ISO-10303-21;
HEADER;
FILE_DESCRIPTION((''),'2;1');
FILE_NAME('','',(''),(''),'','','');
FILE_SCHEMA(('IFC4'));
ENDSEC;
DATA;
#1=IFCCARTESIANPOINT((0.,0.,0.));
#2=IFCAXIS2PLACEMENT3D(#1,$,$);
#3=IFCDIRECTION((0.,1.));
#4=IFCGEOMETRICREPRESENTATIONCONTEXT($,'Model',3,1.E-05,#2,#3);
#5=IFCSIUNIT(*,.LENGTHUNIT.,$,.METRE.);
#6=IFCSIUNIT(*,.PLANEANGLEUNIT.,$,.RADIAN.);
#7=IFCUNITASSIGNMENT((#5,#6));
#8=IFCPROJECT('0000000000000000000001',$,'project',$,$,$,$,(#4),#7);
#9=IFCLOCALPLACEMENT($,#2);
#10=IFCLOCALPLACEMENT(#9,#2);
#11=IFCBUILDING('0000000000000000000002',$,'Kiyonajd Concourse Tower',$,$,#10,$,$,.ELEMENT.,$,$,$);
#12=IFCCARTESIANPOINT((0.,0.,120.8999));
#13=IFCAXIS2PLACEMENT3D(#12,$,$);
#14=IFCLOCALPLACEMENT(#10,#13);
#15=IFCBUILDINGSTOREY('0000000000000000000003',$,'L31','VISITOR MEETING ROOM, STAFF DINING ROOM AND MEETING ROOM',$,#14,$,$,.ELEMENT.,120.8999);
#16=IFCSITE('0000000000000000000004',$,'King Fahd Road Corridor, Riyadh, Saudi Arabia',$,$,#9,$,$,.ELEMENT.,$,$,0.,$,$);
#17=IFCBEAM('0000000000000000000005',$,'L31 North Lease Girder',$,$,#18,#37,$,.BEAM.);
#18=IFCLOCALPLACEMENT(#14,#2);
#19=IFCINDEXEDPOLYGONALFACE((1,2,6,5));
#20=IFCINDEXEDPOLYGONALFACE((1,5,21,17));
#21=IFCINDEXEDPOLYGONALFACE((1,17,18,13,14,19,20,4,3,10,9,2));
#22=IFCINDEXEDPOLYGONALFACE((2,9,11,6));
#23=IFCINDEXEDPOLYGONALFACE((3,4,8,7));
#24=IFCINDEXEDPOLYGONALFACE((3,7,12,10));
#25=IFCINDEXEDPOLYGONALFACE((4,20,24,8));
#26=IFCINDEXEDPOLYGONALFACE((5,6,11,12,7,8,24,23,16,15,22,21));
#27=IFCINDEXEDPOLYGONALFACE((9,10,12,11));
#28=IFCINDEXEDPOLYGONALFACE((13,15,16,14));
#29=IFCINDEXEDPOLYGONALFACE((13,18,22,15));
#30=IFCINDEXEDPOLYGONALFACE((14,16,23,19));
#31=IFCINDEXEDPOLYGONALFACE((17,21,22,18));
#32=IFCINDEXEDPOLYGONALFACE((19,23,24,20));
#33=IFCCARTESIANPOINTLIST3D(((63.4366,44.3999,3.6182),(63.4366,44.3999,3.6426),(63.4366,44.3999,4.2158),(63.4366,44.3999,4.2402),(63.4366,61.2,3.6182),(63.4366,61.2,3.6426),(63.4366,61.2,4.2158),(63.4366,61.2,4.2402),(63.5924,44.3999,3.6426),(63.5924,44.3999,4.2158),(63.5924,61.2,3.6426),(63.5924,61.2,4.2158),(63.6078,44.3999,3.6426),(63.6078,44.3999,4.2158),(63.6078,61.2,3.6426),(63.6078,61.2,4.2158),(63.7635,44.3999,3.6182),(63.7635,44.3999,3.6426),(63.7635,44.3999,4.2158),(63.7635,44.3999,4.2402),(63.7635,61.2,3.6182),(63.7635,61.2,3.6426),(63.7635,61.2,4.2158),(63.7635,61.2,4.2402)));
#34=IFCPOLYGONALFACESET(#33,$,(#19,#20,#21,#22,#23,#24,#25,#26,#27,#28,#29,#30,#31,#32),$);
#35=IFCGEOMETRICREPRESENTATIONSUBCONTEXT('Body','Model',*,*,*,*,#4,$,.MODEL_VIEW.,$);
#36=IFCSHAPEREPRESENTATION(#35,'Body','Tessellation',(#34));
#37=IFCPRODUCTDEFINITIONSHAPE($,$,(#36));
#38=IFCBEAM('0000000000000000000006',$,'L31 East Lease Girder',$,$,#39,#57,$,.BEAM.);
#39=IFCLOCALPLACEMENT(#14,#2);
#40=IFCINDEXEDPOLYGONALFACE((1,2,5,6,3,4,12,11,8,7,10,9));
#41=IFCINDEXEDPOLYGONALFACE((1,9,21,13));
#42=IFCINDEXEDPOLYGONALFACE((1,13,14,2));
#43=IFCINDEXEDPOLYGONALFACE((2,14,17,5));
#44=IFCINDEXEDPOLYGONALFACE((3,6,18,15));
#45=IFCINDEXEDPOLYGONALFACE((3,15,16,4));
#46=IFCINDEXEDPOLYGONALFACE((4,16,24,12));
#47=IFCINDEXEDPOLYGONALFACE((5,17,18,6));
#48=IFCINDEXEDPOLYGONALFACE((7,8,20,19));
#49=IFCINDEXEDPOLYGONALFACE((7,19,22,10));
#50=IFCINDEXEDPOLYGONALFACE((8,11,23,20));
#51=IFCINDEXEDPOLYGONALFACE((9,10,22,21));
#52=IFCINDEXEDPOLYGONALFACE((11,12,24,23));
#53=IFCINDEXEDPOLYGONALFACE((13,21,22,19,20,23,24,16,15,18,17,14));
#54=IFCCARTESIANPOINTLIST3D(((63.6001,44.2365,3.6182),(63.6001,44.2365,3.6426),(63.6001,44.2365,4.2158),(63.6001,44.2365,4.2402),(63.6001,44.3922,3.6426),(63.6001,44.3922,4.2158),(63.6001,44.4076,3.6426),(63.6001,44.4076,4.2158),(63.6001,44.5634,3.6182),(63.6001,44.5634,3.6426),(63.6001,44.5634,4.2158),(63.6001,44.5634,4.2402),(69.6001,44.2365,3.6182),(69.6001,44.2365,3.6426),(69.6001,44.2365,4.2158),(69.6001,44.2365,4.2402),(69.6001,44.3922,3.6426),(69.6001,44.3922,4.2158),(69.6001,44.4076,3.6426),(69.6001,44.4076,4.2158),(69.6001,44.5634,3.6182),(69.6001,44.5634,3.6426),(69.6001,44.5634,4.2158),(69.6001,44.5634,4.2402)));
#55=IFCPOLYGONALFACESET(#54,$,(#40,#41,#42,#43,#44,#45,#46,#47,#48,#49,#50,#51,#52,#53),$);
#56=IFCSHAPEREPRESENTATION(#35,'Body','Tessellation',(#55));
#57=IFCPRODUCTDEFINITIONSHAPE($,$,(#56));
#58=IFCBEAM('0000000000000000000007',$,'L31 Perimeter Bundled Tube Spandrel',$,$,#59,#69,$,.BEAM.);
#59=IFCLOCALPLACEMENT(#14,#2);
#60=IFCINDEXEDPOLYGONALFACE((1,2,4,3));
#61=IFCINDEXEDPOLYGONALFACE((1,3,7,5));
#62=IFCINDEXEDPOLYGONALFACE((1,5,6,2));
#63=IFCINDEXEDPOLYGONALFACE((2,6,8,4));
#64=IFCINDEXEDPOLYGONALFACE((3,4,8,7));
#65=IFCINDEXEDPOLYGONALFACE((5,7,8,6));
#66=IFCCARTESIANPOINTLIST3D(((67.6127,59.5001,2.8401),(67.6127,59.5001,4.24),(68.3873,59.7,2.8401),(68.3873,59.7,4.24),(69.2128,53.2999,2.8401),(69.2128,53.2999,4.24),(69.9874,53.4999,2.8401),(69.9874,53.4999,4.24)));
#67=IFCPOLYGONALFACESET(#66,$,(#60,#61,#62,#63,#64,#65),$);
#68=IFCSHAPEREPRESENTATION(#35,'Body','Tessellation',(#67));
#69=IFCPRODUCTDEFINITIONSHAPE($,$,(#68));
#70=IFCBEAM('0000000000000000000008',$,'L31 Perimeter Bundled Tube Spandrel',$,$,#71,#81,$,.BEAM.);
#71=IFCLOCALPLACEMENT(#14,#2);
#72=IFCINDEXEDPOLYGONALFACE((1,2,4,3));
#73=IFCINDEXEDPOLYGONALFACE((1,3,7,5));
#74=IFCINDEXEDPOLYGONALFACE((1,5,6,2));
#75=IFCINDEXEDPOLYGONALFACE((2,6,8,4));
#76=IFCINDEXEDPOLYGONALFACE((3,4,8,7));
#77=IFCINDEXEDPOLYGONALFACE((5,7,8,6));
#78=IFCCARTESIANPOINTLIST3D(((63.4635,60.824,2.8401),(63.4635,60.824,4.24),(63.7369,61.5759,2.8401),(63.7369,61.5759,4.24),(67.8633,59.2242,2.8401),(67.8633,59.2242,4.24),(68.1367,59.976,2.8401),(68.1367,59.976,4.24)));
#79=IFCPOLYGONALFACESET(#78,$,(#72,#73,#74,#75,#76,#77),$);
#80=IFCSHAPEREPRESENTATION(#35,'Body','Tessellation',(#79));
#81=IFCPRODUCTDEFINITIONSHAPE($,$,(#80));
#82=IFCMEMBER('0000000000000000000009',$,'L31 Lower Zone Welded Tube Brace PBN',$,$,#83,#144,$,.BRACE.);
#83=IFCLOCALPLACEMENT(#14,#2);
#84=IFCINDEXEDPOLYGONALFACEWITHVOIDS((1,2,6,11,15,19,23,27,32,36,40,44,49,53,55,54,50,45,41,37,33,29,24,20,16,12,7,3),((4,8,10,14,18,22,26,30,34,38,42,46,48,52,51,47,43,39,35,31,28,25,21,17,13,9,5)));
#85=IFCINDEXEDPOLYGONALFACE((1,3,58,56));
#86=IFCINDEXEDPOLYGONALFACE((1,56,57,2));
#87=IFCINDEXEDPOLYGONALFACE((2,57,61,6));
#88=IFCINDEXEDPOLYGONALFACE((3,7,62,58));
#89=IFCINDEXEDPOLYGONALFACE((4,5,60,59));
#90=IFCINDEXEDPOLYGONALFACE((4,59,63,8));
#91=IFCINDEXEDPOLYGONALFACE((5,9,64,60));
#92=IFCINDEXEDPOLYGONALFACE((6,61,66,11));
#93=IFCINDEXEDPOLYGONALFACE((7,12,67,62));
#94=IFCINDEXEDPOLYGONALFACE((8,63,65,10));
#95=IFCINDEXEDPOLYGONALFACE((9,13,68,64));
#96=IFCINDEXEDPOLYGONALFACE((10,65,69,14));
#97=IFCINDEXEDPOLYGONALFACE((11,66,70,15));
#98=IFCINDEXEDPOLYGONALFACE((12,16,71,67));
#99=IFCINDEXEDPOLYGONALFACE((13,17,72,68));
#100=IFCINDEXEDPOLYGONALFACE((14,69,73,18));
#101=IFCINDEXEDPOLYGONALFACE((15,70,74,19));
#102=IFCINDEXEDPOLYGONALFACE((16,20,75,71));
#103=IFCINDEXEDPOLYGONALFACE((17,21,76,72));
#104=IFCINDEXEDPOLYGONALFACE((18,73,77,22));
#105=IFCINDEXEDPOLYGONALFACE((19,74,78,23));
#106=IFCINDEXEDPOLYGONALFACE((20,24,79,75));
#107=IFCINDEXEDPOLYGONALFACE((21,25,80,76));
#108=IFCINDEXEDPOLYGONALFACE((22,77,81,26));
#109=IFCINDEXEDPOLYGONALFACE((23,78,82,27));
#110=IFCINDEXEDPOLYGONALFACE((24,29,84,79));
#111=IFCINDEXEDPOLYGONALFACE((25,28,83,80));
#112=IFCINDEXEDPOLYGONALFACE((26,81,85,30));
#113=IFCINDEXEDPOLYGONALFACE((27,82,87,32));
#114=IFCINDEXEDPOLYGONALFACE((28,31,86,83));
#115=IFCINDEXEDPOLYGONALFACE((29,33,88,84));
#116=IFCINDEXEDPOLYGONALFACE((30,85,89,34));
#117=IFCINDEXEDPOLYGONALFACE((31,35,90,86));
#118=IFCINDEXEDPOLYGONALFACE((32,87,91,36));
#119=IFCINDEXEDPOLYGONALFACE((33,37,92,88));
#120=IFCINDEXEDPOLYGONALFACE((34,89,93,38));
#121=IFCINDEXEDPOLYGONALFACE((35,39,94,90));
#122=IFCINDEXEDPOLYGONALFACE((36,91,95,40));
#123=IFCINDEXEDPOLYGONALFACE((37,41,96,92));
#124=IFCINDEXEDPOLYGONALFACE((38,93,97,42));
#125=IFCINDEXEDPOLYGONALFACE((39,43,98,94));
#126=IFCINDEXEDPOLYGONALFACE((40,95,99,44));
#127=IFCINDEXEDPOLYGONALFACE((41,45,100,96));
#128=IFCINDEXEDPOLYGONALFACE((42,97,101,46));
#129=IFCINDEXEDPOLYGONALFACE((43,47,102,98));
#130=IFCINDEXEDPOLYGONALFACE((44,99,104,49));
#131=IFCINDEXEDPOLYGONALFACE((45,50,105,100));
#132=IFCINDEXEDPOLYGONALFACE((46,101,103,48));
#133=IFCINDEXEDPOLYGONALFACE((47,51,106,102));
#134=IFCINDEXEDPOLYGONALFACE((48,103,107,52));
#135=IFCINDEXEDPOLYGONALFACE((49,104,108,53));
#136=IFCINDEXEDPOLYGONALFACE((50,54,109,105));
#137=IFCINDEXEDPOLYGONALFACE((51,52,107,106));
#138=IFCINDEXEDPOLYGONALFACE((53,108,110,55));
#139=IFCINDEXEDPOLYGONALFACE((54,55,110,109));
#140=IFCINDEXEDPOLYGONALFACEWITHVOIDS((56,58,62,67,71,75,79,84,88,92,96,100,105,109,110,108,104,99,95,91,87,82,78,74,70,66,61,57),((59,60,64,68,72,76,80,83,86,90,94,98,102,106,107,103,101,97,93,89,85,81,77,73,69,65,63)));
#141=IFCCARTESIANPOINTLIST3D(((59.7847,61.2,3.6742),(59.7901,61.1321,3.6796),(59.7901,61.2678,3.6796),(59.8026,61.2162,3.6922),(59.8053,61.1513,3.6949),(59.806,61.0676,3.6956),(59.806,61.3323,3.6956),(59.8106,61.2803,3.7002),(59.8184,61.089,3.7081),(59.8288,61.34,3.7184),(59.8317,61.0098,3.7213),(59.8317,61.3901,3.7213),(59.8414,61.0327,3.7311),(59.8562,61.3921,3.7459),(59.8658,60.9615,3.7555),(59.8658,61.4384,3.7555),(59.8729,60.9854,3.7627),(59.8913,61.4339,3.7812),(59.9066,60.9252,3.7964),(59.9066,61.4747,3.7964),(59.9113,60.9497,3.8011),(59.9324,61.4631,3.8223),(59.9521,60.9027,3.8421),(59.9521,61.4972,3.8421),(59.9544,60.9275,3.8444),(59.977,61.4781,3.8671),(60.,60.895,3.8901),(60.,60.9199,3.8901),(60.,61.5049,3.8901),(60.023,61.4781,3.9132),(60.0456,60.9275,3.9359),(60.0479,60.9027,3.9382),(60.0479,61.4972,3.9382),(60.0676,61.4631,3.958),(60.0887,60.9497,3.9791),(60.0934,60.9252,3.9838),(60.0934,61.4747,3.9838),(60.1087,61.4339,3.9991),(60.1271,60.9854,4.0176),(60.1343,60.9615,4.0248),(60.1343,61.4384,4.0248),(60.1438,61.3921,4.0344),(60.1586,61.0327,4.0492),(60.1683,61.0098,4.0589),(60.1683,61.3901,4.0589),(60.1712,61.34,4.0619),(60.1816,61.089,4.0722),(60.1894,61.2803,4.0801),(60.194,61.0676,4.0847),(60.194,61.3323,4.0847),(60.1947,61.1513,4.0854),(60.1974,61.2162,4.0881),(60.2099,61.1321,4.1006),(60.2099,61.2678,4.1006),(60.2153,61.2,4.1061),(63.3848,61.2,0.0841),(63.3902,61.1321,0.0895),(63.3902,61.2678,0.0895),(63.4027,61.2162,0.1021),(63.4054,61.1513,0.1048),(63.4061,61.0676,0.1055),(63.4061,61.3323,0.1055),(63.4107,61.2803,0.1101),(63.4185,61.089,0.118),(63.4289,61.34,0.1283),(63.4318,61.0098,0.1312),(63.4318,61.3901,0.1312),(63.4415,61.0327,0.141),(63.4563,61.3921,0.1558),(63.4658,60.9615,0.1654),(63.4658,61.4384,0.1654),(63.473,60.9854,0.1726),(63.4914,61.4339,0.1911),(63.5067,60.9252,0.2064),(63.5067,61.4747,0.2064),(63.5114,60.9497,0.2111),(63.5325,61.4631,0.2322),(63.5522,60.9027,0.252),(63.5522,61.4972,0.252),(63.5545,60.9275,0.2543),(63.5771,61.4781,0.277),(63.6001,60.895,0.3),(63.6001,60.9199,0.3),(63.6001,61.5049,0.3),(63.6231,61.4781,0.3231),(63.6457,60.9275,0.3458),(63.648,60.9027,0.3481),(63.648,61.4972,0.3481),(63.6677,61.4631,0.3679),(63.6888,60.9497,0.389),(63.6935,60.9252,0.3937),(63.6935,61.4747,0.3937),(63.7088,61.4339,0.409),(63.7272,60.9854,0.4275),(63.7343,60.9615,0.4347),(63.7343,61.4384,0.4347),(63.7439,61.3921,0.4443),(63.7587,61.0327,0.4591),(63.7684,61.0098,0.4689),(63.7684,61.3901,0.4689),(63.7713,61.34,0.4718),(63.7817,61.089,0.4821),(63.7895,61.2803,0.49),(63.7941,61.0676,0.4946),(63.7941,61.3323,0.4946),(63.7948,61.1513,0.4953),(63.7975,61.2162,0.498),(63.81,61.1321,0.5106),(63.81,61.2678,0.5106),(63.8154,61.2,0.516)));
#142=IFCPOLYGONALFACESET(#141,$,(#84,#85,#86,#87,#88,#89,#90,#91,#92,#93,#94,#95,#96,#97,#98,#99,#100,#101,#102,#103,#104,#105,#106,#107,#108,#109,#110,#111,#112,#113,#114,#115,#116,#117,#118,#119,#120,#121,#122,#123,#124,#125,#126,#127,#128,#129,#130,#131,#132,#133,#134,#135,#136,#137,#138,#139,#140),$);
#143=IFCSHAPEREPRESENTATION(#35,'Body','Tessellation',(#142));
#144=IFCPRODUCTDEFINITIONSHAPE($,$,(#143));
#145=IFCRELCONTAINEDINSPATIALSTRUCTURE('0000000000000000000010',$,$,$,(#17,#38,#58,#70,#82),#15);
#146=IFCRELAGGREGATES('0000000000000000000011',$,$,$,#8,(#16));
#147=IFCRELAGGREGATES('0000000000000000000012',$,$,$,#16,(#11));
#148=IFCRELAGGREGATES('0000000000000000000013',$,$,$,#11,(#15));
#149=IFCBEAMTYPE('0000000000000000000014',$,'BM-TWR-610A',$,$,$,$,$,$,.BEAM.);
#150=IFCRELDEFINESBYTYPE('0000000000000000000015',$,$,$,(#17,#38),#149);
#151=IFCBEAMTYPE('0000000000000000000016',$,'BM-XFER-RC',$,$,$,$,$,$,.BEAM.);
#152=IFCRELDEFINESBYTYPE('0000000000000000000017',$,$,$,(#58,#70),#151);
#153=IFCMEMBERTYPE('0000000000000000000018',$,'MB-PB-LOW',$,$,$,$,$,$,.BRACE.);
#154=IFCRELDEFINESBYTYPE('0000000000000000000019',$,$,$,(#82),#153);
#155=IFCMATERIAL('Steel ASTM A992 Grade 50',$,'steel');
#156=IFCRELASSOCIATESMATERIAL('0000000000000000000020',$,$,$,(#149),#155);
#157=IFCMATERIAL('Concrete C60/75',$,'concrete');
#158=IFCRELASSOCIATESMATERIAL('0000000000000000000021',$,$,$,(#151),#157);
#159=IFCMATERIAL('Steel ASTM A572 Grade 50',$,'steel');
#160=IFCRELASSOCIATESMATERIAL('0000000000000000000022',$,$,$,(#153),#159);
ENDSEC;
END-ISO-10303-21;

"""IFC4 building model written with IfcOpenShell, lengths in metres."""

from ifc_helpers import new_model, si_unit, direction, frame, origin, origin_2d, place, context, subcontext, project, spatial, rectangle, hollow_circle, i_section, extrude, material, material_profile, profile_set, type_object, element, save


model = new_model("IFC4")

# Units and contexts
model_context = context("Model", 3, precision=1e-05, world=origin(), true_north=direction((0.0, 1.0)))
body_context = subcontext(model_context, "Body", "Model", "MODEL_VIEW")
ifc_project = project(units=[si_unit("LENGTHUNIT", "METRE"), si_unit("PLANEANGLEUNIT", "RADIAN")], contexts=[model_context])

# Site, building, storey
site_placement = place(None, origin())
site = spatial("IfcSite", under=ifc_project, at=site_placement, Name="King Fahd Road Corridor, Riyadh, Saudi Arabia", CompositionType="ELEMENT", RefElevation=0.0)
building_placement = place(site_placement, origin())
building = spatial("IfcBuilding", under=site, at=building_placement, Name="Kiyonajd Concourse Tower", CompositionType="ELEMENT")
storey_placement = place(building_placement, frame((0.0, 0.0, 120.8999)))
storey = spatial("IfcBuildingStorey", under=building, at=storey_placement, Name="L31", Description="VISITOR MEETING ROOM, STAFF DINING ROOM AND MEETING ROOM", CompositionType="ELEMENT", Elevation=120.8999)

# Beams
ifc_material_1 = material(Name="Steel ASTM A992 Grade 50", Category="steel")
ifc_material_profile_1 = material_profile(ifc_material_1, i_section(OverallWidth=0.3269, OverallDepth=0.6221, WebThickness=0.0154, FlangeThickness=0.0244, at=origin_2d()), Name="W610X195")
ifc_profile_set_1 = profile_set([ifc_material_profile_1], Name="Steel ASTM A992 Grade 50")
beam_type_1 = type_object("IfcBeamType", Name="BM-TWR-610A", PredefinedType="BEAM", material=ifc_profile_set_1)
beam_1_placement = place(storey_placement, frame((63.6001, 44.3999, 3.9292), z_axis=(0.0, 1.0, 0.0), x_axis=(-1.0, 0.0, 0.0)))
element("IfcBeam", 1, at=beam_1_placement, inside=storey, type_object=beam_type_1, Name="L31 North Lease Girder", PredefinedType="BEAM", context=body_context, shape_type="SweptSolid", body=[
    extrude(i_section(OverallWidth=0.3269, OverallDepth=0.6221, WebThickness=0.0154, FlangeThickness=0.0244, at=origin_2d()), origin(), (0.0, 0.0, 1.0), 16.8),
])
beam_2_placement = place(storey_placement, frame((63.6001, 44.3999, 3.9292), z_axis=(1.0, 0.0, 0.0), x_axis=(0.0, 1.0, 0.0)))
element("IfcBeam", 2, at=beam_2_placement, inside=storey, type_object=beam_type_1, Name="L31 East Lease Girder", PredefinedType="BEAM", context=body_context, shape_type="SweptSolid", body=[
    extrude(i_section(OverallWidth=0.3269, OverallDepth=0.6221, WebThickness=0.0154, FlangeThickness=0.0244, at=origin_2d()), origin(), (0.0, 0.0, 1.0), 6.0),
])
ifc_material_2 = material(Name="Concrete C60/75", Category="concrete")
ifc_material_profile_2 = material_profile(ifc_material_2, rectangle(XDim=0.8, YDim=1.3999, at=origin_2d()), Name="RCBM-800x1400")
ifc_profile_set_2 = profile_set([ifc_material_profile_2], Name="Concrete C60/75")
beam_type_2 = type_object("IfcBeamType", Name="BM-XFER-RC", PredefinedType="BEAM", material=ifc_profile_set_2)
beam_3_placement = place(storey_placement, frame((69.6001, 53.3999, 3.54), z_axis=(-0.249885, 0.968276, 0.0), x_axis=(-0.968276, -0.249885, 0.0)))
element("IfcBeam", 3, at=beam_3_placement, inside=storey, type_object=beam_type_2, Name="L31 Perimeter Bundled Tube Spandrel", PredefinedType="BEAM", context=body_context, shape_type="SweptSolid", body=[
    extrude(rectangle(XDim=0.8, YDim=1.3999, at=origin_2d()), origin(), (0.0, 0.0, 1.0), 6.4033),
])
beam_4_placement = place(storey_placement, frame((68.0, 59.6001, 3.54), z_axis=(-0.939801, 0.341722, 0.0), x_axis=(-0.341722, -0.939801, 0.0)))
element("IfcBeam", 4, at=beam_4_placement, inside=storey, type_object=beam_type_2, Name="L31 Perimeter Bundled Tube Spandrel", PredefinedType="BEAM", context=body_context, shape_type="SweptSolid", body=[
    extrude(rectangle(XDim=0.8, YDim=1.3999, at=origin_2d()), origin(), (0.0, 0.0, 1.0), 4.6816),
])

# Member
ifc_material_3 = material(Name="Steel ASTM A572 Grade 50", Category="steel")
ifc_material_profile_3 = material_profile(ifc_material_3, hollow_circle(Radius=0.3049, WallThickness=0.0249, at=origin_2d()), Name="CHS-610x25")
ifc_profile_set_3 = profile_set([ifc_material_profile_3], Name="Steel ASTM A572 Grade 50")
member_type = type_object("IfcMemberType", Name="MB-PB-LOW", PredefinedType="BRACE", material=ifc_profile_set_3)
member_1_placement = place(storey_placement, frame((63.6001, 61.2, 0.3), z_axis=(-0.70809, 0.0, 0.706122), x_axis=(0.0, -1.0, 0.0)))
element("IfcMember", 5, at=member_1_placement, inside=storey, type_object=member_type, Name="L31 Lower Zone Welded Tube Brace PBN", PredefinedType="BRACE", context=body_context, shape_type="SweptSolid", body=[
    extrude(hollow_circle(Radius=0.3049, WallThickness=0.0249, at=origin_2d()), origin(), (0.0, 0.0, 1.0), 5.0842),
])

save(model, "model.ifc")
